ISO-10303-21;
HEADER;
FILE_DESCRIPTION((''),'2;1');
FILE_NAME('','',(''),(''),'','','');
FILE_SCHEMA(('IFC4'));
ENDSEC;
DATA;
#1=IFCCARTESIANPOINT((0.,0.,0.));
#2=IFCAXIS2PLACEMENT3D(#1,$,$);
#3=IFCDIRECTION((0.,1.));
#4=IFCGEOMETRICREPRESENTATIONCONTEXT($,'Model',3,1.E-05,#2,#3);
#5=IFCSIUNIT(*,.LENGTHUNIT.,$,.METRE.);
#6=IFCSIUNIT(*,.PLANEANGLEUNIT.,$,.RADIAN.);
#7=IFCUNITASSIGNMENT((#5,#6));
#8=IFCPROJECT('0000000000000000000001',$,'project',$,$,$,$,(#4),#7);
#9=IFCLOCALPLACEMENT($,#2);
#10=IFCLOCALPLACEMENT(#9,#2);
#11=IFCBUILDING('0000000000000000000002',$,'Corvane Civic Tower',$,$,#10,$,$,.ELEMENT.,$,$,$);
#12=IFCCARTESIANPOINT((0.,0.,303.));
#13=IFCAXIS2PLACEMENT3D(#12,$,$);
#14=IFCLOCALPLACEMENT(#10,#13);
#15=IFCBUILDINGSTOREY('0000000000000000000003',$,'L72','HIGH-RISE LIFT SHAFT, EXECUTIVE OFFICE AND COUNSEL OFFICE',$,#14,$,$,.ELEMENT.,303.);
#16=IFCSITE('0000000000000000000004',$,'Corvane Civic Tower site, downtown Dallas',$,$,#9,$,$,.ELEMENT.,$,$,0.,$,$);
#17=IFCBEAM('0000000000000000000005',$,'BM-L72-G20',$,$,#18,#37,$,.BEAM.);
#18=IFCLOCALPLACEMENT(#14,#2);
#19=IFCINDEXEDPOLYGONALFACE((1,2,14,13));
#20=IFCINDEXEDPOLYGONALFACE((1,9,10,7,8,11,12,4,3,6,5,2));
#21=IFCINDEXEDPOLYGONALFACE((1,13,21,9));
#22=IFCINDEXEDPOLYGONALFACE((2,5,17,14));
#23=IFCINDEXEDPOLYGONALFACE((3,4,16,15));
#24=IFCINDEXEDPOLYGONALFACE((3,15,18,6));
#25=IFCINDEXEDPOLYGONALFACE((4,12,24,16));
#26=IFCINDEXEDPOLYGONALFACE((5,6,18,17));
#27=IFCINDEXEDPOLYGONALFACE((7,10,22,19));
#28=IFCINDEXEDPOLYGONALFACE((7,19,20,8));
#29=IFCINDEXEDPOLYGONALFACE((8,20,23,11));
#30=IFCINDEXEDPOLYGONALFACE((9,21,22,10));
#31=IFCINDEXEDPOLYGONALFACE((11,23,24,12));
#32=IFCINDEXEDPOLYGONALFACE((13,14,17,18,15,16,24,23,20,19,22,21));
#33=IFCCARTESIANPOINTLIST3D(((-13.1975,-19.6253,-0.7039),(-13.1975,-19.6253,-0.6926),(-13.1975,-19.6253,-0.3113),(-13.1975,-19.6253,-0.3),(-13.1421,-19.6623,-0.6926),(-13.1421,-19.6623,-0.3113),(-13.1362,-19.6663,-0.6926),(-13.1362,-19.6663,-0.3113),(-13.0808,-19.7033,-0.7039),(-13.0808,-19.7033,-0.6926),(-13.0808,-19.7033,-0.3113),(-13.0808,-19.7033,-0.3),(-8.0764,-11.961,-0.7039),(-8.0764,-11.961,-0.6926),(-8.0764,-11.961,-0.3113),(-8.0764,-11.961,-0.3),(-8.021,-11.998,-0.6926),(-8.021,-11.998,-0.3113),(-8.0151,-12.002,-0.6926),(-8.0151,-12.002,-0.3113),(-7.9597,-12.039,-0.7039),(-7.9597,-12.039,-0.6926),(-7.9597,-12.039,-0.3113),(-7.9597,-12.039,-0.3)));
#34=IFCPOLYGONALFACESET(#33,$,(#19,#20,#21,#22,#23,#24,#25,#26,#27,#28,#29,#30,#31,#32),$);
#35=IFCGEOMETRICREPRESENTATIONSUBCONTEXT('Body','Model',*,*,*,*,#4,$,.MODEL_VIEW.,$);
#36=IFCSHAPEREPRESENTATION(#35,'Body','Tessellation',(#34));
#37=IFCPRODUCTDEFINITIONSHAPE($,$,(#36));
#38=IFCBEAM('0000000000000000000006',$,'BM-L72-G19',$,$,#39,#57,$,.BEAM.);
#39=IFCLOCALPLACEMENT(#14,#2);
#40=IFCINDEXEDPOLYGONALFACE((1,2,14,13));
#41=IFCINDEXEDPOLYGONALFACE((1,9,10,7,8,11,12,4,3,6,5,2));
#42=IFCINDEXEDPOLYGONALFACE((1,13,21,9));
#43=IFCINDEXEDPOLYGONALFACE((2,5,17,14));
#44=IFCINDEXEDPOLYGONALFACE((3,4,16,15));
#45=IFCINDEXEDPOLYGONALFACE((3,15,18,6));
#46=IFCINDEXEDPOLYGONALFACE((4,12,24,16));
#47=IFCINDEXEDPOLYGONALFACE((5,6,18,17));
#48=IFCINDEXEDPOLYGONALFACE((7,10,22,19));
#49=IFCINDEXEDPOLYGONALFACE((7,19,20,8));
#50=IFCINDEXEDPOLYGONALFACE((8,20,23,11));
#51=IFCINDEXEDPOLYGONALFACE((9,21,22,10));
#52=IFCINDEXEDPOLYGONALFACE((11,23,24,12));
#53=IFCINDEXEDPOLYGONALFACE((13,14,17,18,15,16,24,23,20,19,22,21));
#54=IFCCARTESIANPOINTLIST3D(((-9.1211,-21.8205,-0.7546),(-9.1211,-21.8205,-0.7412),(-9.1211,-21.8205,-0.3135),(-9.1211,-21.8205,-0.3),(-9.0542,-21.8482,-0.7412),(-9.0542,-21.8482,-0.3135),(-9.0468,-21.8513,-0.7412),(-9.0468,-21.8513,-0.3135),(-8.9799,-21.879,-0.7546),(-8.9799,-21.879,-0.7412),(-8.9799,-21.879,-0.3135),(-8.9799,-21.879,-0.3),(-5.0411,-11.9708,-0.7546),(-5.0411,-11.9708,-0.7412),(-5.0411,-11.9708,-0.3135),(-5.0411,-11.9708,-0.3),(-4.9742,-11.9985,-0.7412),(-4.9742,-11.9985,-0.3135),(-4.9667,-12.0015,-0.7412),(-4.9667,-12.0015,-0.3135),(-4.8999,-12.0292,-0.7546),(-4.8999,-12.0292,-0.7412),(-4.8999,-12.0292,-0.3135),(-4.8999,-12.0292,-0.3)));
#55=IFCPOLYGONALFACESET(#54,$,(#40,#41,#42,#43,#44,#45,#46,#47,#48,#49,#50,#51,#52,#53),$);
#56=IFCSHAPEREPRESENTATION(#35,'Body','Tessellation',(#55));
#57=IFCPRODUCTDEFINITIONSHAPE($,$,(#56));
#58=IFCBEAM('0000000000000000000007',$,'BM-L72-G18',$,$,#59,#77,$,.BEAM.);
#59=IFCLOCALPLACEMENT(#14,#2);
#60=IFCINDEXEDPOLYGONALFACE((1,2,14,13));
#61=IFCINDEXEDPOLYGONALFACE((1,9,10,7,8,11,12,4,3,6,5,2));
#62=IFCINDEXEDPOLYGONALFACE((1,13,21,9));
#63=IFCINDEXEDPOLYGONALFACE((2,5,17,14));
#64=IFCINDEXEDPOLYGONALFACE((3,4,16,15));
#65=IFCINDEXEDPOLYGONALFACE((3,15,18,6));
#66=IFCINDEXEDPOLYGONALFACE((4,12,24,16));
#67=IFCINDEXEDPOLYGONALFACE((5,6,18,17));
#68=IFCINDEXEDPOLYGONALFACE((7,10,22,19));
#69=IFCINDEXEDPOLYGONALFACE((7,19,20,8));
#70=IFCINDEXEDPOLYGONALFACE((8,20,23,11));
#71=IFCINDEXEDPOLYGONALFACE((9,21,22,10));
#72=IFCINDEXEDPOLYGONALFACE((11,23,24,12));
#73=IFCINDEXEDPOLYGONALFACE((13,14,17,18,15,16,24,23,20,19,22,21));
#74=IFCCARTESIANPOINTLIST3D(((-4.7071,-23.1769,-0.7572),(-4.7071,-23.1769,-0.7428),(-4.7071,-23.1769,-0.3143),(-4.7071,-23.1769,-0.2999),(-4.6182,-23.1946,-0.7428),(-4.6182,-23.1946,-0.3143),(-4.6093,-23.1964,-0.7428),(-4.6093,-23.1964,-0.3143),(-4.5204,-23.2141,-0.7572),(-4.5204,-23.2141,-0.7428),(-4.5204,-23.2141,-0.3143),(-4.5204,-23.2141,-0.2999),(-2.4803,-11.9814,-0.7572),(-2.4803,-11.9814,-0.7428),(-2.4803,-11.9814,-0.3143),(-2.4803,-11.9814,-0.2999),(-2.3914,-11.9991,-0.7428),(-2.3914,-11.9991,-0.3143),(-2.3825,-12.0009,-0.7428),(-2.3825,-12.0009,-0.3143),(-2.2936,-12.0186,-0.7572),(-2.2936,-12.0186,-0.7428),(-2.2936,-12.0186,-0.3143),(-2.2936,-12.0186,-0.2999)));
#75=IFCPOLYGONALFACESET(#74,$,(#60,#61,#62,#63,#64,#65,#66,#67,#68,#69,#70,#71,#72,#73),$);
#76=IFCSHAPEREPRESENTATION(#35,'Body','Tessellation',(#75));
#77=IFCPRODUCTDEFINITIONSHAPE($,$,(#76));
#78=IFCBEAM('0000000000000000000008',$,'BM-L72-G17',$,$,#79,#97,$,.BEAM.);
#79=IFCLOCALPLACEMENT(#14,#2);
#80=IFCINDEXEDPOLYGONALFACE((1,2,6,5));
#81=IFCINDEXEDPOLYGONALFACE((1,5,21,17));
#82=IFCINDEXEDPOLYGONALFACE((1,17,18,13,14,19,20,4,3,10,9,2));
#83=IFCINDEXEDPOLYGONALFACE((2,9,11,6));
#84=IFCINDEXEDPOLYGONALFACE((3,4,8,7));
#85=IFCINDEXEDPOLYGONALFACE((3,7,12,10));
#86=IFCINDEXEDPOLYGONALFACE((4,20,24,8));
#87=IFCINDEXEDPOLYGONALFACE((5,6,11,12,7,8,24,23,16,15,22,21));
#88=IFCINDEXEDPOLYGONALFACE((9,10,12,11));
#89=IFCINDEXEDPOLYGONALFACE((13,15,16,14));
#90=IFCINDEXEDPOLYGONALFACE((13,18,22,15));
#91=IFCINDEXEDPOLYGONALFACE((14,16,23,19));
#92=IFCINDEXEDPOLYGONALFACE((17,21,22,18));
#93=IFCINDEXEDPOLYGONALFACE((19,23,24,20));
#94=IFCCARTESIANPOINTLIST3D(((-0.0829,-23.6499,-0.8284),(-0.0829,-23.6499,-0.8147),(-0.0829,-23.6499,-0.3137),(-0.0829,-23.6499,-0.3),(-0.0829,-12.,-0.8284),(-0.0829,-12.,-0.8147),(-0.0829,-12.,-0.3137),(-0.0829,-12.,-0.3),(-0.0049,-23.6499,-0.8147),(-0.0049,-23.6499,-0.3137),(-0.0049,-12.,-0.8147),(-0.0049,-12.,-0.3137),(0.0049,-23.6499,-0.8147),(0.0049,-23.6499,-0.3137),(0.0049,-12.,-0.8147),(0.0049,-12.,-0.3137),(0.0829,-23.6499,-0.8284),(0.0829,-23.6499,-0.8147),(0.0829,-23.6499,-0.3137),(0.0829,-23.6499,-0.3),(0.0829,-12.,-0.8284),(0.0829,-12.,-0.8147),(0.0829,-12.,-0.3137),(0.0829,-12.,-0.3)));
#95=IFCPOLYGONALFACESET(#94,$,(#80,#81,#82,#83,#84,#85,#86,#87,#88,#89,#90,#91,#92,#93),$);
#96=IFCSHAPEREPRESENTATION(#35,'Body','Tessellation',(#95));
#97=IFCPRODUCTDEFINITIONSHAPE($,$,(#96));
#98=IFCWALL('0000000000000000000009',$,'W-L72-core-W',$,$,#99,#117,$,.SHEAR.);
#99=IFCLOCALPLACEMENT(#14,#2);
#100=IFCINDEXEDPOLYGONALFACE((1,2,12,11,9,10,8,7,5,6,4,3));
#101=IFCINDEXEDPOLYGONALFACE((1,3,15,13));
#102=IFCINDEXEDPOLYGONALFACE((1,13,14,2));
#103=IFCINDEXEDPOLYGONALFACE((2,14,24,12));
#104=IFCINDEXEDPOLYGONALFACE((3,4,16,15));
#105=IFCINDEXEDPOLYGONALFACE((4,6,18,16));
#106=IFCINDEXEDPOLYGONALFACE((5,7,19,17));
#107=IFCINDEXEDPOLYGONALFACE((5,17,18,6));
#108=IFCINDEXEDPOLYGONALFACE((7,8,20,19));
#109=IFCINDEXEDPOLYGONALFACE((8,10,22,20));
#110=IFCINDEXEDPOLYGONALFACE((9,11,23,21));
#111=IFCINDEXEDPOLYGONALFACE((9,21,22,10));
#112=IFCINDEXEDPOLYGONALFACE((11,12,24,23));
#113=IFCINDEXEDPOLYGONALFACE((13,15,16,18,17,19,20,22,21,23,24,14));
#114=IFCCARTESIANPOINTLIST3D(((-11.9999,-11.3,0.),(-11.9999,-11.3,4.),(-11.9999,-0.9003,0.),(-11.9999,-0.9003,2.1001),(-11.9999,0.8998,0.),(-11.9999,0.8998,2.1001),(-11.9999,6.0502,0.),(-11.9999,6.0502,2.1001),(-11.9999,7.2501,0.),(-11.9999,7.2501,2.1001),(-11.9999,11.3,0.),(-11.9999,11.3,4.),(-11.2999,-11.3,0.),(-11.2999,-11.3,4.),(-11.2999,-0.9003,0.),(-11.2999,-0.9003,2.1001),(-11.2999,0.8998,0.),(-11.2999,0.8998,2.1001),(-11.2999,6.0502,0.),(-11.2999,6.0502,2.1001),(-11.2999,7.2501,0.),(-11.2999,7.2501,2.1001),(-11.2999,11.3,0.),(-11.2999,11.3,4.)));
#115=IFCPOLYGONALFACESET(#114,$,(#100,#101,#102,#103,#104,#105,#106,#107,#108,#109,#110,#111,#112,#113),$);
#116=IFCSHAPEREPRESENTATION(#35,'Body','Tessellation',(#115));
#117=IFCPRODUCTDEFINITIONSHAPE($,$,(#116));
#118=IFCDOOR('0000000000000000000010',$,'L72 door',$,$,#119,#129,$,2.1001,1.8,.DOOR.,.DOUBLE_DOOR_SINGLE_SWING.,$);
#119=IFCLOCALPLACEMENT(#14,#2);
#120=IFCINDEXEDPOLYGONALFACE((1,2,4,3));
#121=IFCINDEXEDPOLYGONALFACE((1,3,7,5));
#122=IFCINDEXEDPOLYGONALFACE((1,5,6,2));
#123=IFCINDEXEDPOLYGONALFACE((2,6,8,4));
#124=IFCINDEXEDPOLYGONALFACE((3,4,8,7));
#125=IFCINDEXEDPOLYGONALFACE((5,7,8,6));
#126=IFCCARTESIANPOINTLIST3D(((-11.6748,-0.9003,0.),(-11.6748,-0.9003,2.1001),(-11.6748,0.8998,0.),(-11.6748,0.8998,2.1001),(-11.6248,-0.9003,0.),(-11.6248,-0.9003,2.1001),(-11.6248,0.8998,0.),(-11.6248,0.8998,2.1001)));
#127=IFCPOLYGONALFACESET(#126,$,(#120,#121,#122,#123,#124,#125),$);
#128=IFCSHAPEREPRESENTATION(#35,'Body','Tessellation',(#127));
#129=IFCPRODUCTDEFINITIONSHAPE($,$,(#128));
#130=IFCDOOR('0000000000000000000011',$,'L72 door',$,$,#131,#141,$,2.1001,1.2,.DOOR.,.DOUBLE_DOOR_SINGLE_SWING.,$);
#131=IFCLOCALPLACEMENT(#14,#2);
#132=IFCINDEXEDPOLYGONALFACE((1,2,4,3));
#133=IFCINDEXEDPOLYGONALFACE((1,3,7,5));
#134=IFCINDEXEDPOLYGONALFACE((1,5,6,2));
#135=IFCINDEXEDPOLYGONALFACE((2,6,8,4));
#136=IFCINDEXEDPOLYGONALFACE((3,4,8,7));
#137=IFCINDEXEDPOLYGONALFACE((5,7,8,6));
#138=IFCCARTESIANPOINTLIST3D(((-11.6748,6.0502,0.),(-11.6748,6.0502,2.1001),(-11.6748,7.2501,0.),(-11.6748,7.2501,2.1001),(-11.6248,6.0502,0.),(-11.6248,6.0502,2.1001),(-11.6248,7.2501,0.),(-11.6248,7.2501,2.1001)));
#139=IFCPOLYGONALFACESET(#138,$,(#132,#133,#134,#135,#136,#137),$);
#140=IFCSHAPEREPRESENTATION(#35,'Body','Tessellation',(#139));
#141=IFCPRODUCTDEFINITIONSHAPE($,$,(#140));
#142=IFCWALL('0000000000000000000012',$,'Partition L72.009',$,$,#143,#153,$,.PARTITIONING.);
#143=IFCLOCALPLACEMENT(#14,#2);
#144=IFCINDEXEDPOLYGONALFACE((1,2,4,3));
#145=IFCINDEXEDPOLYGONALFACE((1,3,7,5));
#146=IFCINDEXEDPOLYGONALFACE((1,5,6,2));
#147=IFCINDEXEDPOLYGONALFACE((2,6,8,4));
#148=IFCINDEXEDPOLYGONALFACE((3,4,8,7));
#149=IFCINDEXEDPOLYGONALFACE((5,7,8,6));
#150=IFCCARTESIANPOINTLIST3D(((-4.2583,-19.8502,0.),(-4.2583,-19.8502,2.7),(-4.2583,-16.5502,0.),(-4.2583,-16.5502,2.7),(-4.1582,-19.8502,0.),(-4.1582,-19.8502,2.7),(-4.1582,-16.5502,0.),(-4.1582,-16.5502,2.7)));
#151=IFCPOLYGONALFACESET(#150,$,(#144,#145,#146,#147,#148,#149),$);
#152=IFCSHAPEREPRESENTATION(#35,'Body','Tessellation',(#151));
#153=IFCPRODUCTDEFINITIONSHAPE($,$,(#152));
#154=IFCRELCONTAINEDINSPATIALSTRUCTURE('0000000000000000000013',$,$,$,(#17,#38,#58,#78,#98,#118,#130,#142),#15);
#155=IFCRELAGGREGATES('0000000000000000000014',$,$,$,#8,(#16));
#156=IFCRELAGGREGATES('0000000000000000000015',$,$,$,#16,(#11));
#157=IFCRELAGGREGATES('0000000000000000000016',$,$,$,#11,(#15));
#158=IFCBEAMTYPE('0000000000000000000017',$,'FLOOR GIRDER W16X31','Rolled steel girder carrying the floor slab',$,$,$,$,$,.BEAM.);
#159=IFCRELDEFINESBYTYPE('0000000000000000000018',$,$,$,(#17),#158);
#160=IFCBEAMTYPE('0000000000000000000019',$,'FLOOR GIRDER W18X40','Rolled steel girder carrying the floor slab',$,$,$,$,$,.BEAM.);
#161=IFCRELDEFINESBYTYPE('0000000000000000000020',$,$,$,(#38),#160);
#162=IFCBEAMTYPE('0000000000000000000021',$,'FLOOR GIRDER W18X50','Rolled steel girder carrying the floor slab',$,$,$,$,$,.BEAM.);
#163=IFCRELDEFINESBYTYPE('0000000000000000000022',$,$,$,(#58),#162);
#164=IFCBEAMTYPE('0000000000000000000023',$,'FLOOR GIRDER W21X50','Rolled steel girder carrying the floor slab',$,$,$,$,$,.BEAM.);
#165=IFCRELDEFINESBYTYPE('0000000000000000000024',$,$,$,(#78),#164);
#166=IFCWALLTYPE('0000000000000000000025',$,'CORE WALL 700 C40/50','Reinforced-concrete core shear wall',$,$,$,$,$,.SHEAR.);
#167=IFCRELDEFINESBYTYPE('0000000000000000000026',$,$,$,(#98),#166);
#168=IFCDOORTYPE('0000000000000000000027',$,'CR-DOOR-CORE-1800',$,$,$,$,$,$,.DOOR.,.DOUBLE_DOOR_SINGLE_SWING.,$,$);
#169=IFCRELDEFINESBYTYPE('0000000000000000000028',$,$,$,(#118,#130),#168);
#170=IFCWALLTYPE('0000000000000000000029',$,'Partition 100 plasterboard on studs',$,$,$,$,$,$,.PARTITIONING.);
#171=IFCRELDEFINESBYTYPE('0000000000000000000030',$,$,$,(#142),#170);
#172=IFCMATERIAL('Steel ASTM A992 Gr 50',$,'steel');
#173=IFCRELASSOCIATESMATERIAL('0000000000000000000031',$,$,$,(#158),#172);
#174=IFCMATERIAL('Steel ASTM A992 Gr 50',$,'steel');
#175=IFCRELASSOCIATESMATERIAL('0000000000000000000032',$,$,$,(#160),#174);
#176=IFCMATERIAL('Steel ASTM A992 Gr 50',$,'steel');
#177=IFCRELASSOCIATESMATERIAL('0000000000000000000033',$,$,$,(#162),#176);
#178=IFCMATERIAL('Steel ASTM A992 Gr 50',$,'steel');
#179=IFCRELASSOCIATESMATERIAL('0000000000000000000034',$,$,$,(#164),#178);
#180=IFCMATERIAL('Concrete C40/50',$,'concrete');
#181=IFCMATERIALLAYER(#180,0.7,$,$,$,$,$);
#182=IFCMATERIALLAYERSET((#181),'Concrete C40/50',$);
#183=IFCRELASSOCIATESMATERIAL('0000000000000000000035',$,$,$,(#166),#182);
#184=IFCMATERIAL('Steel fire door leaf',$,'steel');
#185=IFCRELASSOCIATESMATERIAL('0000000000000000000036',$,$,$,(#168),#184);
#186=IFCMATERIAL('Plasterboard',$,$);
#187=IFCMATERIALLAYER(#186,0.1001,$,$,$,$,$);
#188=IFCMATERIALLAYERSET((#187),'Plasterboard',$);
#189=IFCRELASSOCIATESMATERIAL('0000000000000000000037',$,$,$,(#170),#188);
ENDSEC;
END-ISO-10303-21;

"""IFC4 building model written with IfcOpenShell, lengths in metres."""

from ifc_helpers import new_model, si_unit, direction, frame, frame_2d, origin, origin_2d, place, context, subcontext, project, spatial, rectangle, i_section, extrude, material, layer, layer_set, material_profile, profile_set, type_object, element, fill, save


model = new_model("IFC4")

# Units and contexts
model_context = context("Model", 3, precision=1e-05, world=origin(), true_north=direction((0.0, 1.0)))
body_context = subcontext(model_context, "Body", "Model", "MODEL_VIEW")
ifc_project = project(units=[si_unit("LENGTHUNIT", "METRE"), si_unit("PLANEANGLEUNIT", "RADIAN")], contexts=[model_context])

# Site, building, storey
site_placement = place(None, origin())
site = spatial("IfcSite", under=ifc_project, at=site_placement, Name="Corvane Civic Tower site, downtown Dallas", CompositionType="ELEMENT", RefElevation=0.0)
building_placement = place(site_placement, origin())
building = spatial("IfcBuilding", under=site, at=building_placement, Name="Corvane Civic Tower", CompositionType="ELEMENT")
storey_placement = place(building_placement, frame((0.0, 0.0, 303.0)))
storey = spatial("IfcBuildingStorey", under=building, at=storey_placement, Name="L72", Description="HIGH-RISE LIFT SHAFT, EXECUTIVE OFFICE AND COUNSEL OFFICE", CompositionType="ELEMENT", Elevation=303.0)

# Beams
ifc_material_1 = material(Name="Steel ASTM A992 Gr 50", Category="steel")
ifc_material_profile_1 = material_profile(ifc_material_1, i_section(OverallWidth=0.1404, OverallDepth=0.4038, WebThickness=0.0071, FlangeThickness=0.0112, at=origin_2d()), Name="W16X31")
ifc_profile_set_1 = profile_set([ifc_material_profile_1], Name="Steel ASTM A992 Gr 50")
beam_type_1 = type_object("IfcBeamType", Name="FLOOR GIRDER W16X31", Description="Rolled steel girder carrying the floor slab", PredefinedType="BEAM", material=ifc_profile_set_1)
beam_1_placement = place(storey_placement, frame((-8.0181, -12.0, -0.502), z_axis=(-0.555568, -0.831471, 0.0), x_axis=(0.831471, -0.555568, 0.0)))
element("IfcBeam", 1, at=beam_1_placement, inside=storey, type_object=beam_type_1, Name="BM-L72-G20", PredefinedType="BEAM", context=body_context, shape_type="SweptSolid", body=[
    extrude(i_section(OverallWidth=0.1404, OverallDepth=0.4038, WebThickness=0.0071, FlangeThickness=0.0112, at=origin_2d()), origin(), (0.0, 0.0, 1.0), 9.2178),
])
ifc_material_2 = material(Name="Steel ASTM A992 Gr 50", Category="steel")
ifc_material_profile_2 = material_profile(ifc_material_2, i_section(OverallWidth=0.1528, OverallDepth=0.4546, WebThickness=0.0081, FlangeThickness=0.0134, at=origin_2d()), Name="W18X40")
ifc_profile_set_2 = profile_set([ifc_material_profile_2], Name="Steel ASTM A992 Gr 50")
beam_type_2 = type_object("IfcBeamType", Name="FLOOR GIRDER W18X40", Description="Rolled steel girder carrying the floor slab", PredefinedType="BEAM", material=ifc_profile_set_2)
beam_2_placement = place(storey_placement, frame((-4.9705, -12.0, -0.5273), z_axis=(-0.382694, -0.923875, 0.0), x_axis=(0.923875, -0.382694, 0.0)))
element("IfcBeam", 2, at=beam_2_placement, inside=storey, type_object=beam_type_2, Name="BM-L72-G19", PredefinedType="BEAM", context=body_context, shape_type="SweptSolid", body=[
    extrude(i_section(OverallWidth=0.1528, OverallDepth=0.4546, WebThickness=0.0081, FlangeThickness=0.0134, at=origin_2d()), origin(), (0.0, 0.0, 1.0), 10.6614),
])
ifc_material_3 = material(Name="Steel ASTM A992 Gr 50", Category="steel")
ifc_material_profile_3 = material_profile(ifc_material_3, i_section(OverallWidth=0.1904, OverallDepth=0.4573, WebThickness=0.009, FlangeThickness=0.0144, at=origin_2d()), Name="W18X50")
ifc_profile_set_3 = profile_set([ifc_material_profile_3], Name="Steel ASTM A992 Gr 50")
beam_type_3 = type_object("IfcBeamType", Name="FLOOR GIRDER W18X50", Description="Rolled steel girder carrying the floor slab", PredefinedType="BEAM", material=ifc_profile_set_3)
beam_3_placement = place(storey_placement, frame((-2.387, -12.0, -0.5286), z_axis=(-0.19508, -0.980787, 0.0), x_axis=(0.980787, -0.19508, 0.0)))
element("IfcBeam", 3, at=beam_3_placement, inside=storey, type_object=beam_type_3, Name="BM-L72-G18", PredefinedType="BEAM", context=body_context, shape_type="SweptSolid", body=[
    extrude(i_section(OverallWidth=0.1904, OverallDepth=0.4573, WebThickness=0.009, FlangeThickness=0.0144, at=origin_2d()), origin(), (0.0, 0.0, 1.0), 11.4148),
])
ifc_material_4 = material(Name="Steel ASTM A992 Gr 50", Category="steel")
ifc_material_profile_4 = material_profile(ifc_material_4, i_section(OverallWidth=0.1658, OverallDepth=0.5283, WebThickness=0.0098, FlangeThickness=0.0137, at=origin_2d()), Name="W21X50")
ifc_profile_set_4 = profile_set([ifc_material_profile_4], Name="Steel ASTM A992 Gr 50")
beam_type_4 = type_object("IfcBeamType", Name="FLOOR GIRDER W21X50", Description="Rolled steel girder carrying the floor slab", PredefinedType="BEAM", material=ifc_profile_set_4)
beam_4_placement = place(storey_placement, frame((0.0, -12.0, -0.5642), z_axis=(0.0, -1.0, 0.0), x_axis=(1.0, 0.0, 0.0)))
element("IfcBeam", 4, at=beam_4_placement, inside=storey, type_object=beam_type_4, Name="BM-L72-G17", PredefinedType="BEAM", context=body_context, shape_type="SweptSolid", body=[
    extrude(i_section(OverallWidth=0.1658, OverallDepth=0.5283, WebThickness=0.0098, FlangeThickness=0.0137, at=origin_2d()), origin(), (0.0, 0.0, 1.0), 11.6499),
])

# Wall, openings, doors
ifc_material_5 = material(Name="Concrete C40/50", Category="concrete")
ifc_layer_1 = layer(ifc_material_5, 0.7)
ifc_layer_set_1 = layer_set([ifc_layer_1], Name="Concrete C40/50")
wall_type_1 = type_object("IfcWallType", Name="CORE WALL 700 C40/50", Description="Reinforced-concrete core shear wall", PredefinedType="SHEAR", material=ifc_layer_set_1)
wall_1_placement = place(storey_placement, frame((-11.6499, -11.3, 0.0), z_axis=(0.0, 0.0, 1.0), x_axis=(0.0, 1.0, 0.0)))
wall_1 = element("IfcWall", 5, at=wall_1_placement, inside=storey, type_object=wall_type_1, Name="W-L72-core-W", PredefinedType="SHEAR", context=body_context, shape_type="SweptSolid", body=[
    extrude(rectangle(XDim=22.6001, YDim=0.7, at=frame_2d((11.3, 0.0))), origin(), (0.0, 0.0, 1.0), 4.0),
])
opening_1_placement = place(wall_1_placement, frame((10.3999, 0.0, 0.0)))
opening_1 = element("IfcOpeningElement", 6, at=opening_1_placement, cuts=wall_1, PredefinedType="OPENING", context=body_context, shape_type="SweptSolid", body=[
    extrude(rectangle(XDim=1.8, YDim=2.1001, at=frame_2d((0.8999, 1.05))), frame((0.0, 0.3599, 0.0), z_axis=(0.0, -1.0, 0.0), x_axis=(1.0, 0.0, 0.0)), (0.0, 0.0, 1.0), 0.72),
])
opening_2_placement = place(wall_1_placement, frame((17.3501, 0.0, 0.0)))
opening_2 = element("IfcOpeningElement", 7, at=opening_2_placement, cuts=wall_1, PredefinedType="OPENING", context=body_context, shape_type="SweptSolid", body=[
    extrude(rectangle(XDim=1.2, YDim=2.1001, at=frame_2d((0.6001, 1.05))), frame((0.0, 0.3599, 0.0), z_axis=(0.0, -1.0, 0.0), x_axis=(1.0, 0.0, 0.0)), (0.0, 0.0, 1.0), 0.72),
])
ifc_material_6 = material(Name="Steel fire door leaf", Category="steel")
door_type_1 = type_object("IfcDoorType", Name="CR-DOOR-CORE-1800", OperationType="DOUBLE_DOOR_SINGLE_SWING", PredefinedType="DOOR", material=ifc_material_6)
door_1_placement = place(opening_1_placement, origin())
door_1 = element("IfcDoor", 8, at=door_1_placement, inside=storey, type_object=door_type_1, Name="L72 door", OperationType="DOUBLE_DOOR_SINGLE_SWING", OverallHeight=2.1001, OverallWidth=1.8, PredefinedType="DOOR", context=body_context, shape_type="SweptSolid", body=[
    extrude(rectangle(XDim=1.8, YDim=2.1001, at=frame_2d((0.8999, 1.05))), frame((0.0, 0.0249, 0.0), z_axis=(0.0, -1.0, 0.0), x_axis=(1.0, 0.0, 0.0)), (0.0, 0.0, 1.0), 0.05),
])
fill(opening_1, door_1)
door_2_placement = place(opening_2_placement, origin())
door_2 = element("IfcDoor", 9, at=door_2_placement, inside=storey, type_object=door_type_1, Name="L72 door", OperationType="DOUBLE_DOOR_SINGLE_SWING", OverallHeight=2.1001, OverallWidth=1.2, PredefinedType="DOOR", context=body_context, shape_type="SweptSolid", body=[
    extrude(rectangle(XDim=1.2, YDim=2.1001, at=frame_2d((0.6001, 1.05))), frame((0.0, 0.0249, 0.0), z_axis=(0.0, -1.0, 0.0), x_axis=(1.0, 0.0, 0.0)), (0.0, 0.0, 1.0), 0.05),
])
fill(opening_2, door_2)

# Wall
ifc_material_7 = material(Name="Plasterboard")
ifc_layer_2 = layer(ifc_material_7, 0.1001)
ifc_layer_set_2 = layer_set([ifc_layer_2], Name="Plasterboard")
wall_type_2 = type_object("IfcWallType", Name="Partition 100 plasterboard on studs", PredefinedType="PARTITIONING", material=ifc_layer_set_2)
wall_2_placement = place(storey_placement, frame((-4.2083, -19.8501, 0.0), z_axis=(0.0, 0.0, 1.0), x_axis=(0.0, 1.0, 0.0)))
element("IfcWall", 10, at=wall_2_placement, inside=storey, type_object=wall_type_2, Name="Partition L72.009", PredefinedType="PARTITIONING", context=body_context, shape_type="SweptSolid", body=[
    extrude(rectangle(XDim=3.3, YDim=0.1001, at=frame_2d((1.6499, 0.0))), origin(), (0.0, 0.0, 1.0), 2.7),
])

save(model, "model.ifc")
